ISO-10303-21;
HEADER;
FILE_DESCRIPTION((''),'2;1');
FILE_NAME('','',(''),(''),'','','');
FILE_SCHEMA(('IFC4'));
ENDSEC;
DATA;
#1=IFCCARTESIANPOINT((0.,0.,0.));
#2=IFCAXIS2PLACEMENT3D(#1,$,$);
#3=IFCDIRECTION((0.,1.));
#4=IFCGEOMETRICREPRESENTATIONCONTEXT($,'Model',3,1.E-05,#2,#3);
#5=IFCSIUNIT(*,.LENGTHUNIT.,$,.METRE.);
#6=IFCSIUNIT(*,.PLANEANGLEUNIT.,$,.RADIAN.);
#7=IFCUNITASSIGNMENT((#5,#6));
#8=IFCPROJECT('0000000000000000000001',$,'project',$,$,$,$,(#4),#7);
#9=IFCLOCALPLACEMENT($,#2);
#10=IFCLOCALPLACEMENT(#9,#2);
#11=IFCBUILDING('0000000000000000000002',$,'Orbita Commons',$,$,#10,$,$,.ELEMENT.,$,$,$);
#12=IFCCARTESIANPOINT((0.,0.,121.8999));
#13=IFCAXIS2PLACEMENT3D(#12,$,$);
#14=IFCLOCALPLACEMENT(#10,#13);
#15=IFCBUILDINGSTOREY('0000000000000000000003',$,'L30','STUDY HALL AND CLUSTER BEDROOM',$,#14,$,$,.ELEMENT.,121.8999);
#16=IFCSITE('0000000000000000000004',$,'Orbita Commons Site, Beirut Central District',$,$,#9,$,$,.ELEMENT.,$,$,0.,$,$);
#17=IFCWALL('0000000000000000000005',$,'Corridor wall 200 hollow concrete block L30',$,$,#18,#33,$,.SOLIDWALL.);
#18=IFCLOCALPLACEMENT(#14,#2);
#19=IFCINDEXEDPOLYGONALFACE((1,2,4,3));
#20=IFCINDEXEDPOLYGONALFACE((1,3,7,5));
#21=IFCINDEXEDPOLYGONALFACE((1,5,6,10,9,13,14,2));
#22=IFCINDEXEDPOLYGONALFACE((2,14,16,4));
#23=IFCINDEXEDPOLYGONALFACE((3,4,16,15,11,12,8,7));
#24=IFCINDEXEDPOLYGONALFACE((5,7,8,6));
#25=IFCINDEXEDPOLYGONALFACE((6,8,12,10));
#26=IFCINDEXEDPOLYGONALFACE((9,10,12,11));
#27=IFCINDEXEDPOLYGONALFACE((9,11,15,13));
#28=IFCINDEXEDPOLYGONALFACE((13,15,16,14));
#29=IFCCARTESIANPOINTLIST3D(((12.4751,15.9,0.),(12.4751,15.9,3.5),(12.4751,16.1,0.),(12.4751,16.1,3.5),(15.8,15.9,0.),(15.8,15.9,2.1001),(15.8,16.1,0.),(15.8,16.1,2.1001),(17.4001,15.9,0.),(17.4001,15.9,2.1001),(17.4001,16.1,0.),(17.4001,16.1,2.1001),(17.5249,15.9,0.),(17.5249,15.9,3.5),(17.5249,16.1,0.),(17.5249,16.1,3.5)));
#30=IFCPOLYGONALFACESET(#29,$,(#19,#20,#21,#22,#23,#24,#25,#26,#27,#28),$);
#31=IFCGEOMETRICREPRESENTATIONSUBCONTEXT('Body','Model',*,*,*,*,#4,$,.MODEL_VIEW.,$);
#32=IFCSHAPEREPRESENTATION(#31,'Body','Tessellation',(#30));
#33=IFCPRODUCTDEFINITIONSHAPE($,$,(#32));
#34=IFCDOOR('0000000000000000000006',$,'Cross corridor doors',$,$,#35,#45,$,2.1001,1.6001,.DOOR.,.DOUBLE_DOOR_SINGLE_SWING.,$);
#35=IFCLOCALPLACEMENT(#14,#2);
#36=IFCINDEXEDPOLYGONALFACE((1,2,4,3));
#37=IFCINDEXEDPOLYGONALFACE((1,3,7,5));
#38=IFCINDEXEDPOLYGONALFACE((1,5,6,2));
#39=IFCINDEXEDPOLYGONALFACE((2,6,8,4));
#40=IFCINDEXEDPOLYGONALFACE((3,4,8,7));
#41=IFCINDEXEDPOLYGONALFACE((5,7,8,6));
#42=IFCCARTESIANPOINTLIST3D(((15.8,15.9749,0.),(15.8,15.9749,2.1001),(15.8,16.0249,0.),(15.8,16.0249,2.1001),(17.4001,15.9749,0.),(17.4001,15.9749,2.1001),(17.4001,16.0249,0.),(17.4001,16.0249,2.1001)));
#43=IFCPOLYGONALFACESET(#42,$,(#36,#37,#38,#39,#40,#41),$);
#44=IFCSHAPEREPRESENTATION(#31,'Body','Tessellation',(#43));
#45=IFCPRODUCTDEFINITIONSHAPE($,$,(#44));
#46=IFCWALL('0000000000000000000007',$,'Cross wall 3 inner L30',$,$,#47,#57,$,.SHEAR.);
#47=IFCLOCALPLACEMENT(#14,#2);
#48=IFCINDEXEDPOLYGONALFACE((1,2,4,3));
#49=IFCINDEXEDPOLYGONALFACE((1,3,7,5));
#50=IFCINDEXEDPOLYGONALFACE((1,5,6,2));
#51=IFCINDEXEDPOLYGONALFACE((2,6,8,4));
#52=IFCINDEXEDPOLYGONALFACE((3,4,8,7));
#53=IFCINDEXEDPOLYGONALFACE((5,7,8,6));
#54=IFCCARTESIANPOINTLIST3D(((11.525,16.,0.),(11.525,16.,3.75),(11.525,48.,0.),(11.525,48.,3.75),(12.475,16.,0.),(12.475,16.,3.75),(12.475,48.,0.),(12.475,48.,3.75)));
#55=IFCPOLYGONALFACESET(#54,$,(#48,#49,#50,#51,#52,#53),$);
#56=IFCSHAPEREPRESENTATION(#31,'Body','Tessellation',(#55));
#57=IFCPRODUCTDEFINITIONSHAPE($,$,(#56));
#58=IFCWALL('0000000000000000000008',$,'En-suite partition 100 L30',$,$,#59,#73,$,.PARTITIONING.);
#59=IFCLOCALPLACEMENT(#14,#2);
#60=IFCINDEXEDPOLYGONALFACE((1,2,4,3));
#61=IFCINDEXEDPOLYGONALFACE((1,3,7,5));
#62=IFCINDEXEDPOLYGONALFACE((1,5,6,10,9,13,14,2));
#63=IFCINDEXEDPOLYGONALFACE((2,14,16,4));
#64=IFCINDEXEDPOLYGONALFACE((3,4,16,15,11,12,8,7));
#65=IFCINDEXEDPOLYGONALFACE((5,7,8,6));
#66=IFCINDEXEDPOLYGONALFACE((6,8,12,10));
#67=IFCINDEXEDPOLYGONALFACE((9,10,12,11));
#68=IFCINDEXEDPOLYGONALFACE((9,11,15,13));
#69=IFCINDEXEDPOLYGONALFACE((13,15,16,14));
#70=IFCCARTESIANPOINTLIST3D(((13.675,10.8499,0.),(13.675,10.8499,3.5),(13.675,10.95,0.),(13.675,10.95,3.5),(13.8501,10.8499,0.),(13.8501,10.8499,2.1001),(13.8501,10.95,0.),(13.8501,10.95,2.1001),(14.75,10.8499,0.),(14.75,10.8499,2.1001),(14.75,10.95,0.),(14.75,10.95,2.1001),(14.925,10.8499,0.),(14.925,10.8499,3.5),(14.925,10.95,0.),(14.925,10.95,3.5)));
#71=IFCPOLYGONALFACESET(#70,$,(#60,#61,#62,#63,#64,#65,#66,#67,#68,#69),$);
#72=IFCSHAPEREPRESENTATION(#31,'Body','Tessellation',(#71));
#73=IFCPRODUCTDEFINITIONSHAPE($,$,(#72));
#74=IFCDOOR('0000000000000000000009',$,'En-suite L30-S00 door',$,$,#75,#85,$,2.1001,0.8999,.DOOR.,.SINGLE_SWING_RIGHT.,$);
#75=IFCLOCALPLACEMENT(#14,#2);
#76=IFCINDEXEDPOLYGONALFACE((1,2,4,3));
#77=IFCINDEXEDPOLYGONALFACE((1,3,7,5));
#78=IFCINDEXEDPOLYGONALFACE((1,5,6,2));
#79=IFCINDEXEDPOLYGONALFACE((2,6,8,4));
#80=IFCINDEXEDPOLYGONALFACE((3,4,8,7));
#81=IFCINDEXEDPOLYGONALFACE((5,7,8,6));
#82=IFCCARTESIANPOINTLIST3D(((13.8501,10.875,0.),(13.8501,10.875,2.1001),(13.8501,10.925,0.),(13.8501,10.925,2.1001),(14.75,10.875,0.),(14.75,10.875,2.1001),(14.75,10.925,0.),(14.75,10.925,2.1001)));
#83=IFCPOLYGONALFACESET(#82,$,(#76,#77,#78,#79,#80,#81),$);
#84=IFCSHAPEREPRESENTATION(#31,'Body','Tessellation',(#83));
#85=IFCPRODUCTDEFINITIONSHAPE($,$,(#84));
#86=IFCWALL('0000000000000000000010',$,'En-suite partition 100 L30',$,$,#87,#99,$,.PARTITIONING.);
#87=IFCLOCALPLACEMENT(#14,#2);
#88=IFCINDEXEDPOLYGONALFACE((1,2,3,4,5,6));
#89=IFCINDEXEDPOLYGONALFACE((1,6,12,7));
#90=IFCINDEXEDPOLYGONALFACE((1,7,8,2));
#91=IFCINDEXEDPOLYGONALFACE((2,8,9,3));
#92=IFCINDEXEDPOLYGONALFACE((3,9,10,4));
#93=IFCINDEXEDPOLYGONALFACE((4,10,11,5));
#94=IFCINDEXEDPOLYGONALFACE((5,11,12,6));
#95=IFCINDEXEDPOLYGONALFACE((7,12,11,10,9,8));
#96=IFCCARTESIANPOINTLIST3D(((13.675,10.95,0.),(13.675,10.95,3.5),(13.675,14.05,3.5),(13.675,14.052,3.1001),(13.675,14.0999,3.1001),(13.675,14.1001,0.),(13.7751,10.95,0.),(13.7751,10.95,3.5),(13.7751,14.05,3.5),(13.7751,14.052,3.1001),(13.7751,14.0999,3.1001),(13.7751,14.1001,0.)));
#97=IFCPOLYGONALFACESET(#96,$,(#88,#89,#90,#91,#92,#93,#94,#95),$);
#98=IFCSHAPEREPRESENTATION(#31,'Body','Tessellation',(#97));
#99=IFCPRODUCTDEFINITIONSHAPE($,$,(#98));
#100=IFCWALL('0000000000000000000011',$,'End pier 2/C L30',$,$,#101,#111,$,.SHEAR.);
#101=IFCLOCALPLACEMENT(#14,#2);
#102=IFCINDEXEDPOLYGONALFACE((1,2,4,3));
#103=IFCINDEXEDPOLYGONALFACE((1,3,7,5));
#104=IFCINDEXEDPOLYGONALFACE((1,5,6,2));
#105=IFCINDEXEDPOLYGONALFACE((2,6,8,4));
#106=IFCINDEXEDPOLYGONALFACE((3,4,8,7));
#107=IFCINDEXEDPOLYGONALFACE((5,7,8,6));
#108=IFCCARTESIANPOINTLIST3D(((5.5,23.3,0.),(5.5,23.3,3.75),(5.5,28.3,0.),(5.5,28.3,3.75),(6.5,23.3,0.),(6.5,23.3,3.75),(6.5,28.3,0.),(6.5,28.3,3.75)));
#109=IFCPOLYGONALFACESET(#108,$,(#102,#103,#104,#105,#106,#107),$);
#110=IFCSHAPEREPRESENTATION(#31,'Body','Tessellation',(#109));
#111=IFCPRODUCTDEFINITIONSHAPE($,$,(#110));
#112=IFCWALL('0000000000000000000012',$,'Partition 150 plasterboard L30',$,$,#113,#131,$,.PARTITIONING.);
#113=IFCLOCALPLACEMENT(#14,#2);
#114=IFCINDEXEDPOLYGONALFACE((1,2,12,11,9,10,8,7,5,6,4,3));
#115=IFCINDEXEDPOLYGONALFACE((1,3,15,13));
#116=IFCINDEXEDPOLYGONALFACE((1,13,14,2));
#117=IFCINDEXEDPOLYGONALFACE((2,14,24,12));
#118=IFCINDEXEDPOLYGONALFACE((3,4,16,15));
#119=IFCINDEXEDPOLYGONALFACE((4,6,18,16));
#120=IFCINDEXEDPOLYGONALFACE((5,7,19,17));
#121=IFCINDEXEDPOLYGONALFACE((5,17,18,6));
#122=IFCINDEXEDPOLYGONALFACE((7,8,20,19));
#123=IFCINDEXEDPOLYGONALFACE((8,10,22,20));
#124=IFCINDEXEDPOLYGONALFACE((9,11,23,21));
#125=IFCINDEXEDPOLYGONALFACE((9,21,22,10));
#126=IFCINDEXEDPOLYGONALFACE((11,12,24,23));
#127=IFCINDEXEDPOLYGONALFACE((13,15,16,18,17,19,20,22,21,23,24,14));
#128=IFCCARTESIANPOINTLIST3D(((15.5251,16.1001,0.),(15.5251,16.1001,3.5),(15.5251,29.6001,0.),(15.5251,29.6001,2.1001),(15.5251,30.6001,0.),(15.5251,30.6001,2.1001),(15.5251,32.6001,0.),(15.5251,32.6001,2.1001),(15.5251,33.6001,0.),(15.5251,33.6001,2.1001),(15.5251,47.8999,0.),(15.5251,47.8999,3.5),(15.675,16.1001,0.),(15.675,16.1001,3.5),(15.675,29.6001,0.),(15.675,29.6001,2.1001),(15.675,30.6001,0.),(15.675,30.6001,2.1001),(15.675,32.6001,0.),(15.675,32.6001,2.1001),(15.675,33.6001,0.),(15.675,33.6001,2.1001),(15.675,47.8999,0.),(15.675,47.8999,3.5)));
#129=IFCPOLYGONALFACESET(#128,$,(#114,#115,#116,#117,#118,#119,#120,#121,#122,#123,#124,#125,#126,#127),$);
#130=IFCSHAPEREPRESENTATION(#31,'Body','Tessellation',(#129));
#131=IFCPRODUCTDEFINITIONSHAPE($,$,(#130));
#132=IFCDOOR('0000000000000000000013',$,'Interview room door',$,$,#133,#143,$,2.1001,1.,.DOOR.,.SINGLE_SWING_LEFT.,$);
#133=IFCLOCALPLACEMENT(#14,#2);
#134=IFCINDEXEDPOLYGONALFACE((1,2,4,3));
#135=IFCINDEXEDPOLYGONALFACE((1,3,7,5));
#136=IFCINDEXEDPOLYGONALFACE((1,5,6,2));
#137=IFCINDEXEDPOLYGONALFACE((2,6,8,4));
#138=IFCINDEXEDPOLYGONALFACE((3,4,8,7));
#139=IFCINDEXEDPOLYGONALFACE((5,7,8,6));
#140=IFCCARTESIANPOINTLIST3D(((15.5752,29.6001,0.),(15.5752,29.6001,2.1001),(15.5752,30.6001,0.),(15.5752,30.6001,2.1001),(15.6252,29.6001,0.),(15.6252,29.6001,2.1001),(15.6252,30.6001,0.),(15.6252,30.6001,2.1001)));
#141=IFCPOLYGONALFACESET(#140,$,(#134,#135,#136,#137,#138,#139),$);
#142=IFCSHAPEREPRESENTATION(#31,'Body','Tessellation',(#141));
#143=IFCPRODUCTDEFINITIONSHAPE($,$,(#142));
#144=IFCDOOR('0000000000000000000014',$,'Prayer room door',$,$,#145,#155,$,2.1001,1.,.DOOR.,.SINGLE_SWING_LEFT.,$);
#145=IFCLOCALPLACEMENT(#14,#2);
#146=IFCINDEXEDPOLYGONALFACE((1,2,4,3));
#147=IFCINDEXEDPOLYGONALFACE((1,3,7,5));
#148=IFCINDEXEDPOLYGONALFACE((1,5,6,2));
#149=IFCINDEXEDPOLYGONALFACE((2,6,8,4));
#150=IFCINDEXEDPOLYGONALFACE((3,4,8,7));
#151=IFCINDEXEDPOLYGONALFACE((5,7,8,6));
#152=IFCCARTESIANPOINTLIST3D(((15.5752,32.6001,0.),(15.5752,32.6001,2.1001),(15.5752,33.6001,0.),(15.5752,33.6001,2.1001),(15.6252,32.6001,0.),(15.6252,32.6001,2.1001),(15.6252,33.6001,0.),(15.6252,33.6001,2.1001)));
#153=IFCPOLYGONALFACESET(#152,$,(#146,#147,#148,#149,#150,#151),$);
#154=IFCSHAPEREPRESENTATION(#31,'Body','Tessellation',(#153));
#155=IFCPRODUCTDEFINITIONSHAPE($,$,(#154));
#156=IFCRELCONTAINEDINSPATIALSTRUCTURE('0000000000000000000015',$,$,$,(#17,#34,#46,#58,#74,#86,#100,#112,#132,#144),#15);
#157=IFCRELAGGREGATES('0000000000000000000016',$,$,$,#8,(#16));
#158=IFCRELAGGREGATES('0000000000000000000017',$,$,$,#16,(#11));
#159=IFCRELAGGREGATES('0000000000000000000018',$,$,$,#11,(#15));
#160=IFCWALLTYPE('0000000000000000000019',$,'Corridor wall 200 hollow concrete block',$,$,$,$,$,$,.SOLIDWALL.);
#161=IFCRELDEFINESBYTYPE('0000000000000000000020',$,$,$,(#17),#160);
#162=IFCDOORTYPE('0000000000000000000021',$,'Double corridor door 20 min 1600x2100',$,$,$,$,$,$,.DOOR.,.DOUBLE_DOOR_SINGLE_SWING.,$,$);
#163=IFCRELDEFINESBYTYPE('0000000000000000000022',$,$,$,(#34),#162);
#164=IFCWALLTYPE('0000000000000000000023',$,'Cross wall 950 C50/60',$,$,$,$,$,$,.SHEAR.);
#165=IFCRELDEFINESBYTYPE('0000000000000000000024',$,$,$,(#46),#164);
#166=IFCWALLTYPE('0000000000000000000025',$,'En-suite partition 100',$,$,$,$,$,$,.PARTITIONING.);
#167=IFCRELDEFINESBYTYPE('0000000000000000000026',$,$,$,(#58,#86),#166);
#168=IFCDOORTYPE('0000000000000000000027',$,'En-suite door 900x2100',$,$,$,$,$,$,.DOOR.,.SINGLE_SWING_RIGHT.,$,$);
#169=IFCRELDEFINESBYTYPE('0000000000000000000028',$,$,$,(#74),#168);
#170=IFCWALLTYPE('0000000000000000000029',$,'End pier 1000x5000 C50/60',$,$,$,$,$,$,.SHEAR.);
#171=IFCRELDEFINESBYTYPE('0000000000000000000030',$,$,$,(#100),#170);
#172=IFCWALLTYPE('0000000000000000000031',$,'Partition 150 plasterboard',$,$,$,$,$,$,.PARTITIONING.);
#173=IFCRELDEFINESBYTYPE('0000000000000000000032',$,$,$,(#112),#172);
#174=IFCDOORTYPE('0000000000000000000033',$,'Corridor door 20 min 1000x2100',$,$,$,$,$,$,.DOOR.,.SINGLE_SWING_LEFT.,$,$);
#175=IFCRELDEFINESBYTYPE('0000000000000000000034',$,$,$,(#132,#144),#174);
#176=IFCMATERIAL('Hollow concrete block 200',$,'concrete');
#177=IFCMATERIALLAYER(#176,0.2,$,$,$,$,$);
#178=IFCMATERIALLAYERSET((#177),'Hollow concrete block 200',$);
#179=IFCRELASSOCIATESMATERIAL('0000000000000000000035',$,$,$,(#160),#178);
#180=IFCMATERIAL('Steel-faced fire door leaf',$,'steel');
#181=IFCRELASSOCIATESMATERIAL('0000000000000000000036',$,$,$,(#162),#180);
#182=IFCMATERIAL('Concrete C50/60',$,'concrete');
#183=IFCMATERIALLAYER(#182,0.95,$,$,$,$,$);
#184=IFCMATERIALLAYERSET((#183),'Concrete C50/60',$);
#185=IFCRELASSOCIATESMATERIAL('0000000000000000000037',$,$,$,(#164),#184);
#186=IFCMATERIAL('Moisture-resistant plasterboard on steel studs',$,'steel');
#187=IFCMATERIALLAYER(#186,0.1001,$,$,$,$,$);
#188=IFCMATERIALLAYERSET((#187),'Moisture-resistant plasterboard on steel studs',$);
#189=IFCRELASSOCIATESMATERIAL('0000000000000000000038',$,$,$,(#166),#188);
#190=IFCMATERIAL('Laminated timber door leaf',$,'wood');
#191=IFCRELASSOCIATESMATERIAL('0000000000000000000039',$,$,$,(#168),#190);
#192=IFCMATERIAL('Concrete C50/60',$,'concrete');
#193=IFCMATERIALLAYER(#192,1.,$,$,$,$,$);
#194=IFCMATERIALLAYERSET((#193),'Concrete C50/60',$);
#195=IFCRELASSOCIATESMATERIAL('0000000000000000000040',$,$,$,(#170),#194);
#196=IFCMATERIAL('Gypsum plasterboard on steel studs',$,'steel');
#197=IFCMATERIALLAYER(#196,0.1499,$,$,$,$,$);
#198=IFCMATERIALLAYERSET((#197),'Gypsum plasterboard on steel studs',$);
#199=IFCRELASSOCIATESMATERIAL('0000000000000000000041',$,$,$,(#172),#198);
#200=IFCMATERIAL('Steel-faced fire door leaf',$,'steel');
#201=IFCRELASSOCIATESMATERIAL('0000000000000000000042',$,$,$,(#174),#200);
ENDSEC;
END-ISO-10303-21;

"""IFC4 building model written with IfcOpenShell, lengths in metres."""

from ifc_helpers import new_model, si_unit, direction, frame, frame_2d, origin, place, context, subcontext, project, spatial, polyline, rectangle, outline, extrude, material, layer, layer_set, type_object, element, fill, save


model = new_model("IFC4")

# Units and contexts
model_context = context("Model", 3, precision=1e-05, world=origin(), true_north=direction((0.0, 1.0)))
body_context = subcontext(model_context, "Body", "Model", "MODEL_VIEW")
ifc_project = project(units=[si_unit("LENGTHUNIT", "METRE"), si_unit("PLANEANGLEUNIT", "RADIAN")], contexts=[model_context])

# Site, building, storey
site_placement = place(None, origin())
site = spatial("IfcSite", under=ifc_project, at=site_placement, Name="Orbita Commons Site, Beirut Central District", CompositionType="ELEMENT", RefElevation=0.0)
building_placement = place(site_placement, origin())
building = spatial("IfcBuilding", under=site, at=building_placement, Name="Orbita Commons", CompositionType="ELEMENT")
storey_placement = place(building_placement, frame((0.0, 0.0, 121.8999)))
storey = spatial("IfcBuildingStorey", under=building, at=storey_placement, Name="L30", Description="STUDY HALL AND CLUSTER BEDROOM", CompositionType="ELEMENT", Elevation=121.8999)

# Wall, opening, door
ifc_material_1 = material(Name="Hollow concrete block 200", Category="concrete")
ifc_layer_1 = layer(ifc_material_1, 0.2)
ifc_layer_set_1 = layer_set([ifc_layer_1], Name="Hollow concrete block 200")
wall_type_1 = type_object("IfcWallType", Name="Corridor wall 200 hollow concrete block", PredefinedType="SOLIDWALL", material=ifc_layer_set_1)
wall_1_placement = place(storey_placement, frame((12.4751, 16.0, 0.0), z_axis=(0.0, 0.0, 1.0), x_axis=(1.0, 0.0, 0.0)))
wall_1 = element("IfcWall", 1, at=wall_1_placement, inside=storey, type_object=wall_type_1, Name="Corridor wall 200 hollow concrete block L30", PredefinedType="SOLIDWALL", context=body_context, shape_type="SweptSolid", body=[
    extrude(rectangle(XDim=5.0498, YDim=0.2, at=frame_2d((2.5249, 0.0))), origin(), (0.0, 0.0, 1.0), 3.5),
])
opening_1_placement = place(wall_1_placement, frame((3.325, 0.0, 0.0)))
opening_1 = element("IfcOpeningElement", 2, at=opening_1_placement, cuts=wall_1, PredefinedType="OPENING", context=body_context, shape_type="SweptSolid", body=[
    extrude(rectangle(XDim=1.6001, YDim=2.1001, at=frame_2d((0.8, 1.05))), frame((0.0, 0.1099, 0.0), z_axis=(0.0, -1.0, 0.0), x_axis=(1.0, 0.0, 0.0)), (0.0, 0.0, 1.0), 0.22),
])
ifc_material_2 = material(Name="Steel-faced fire door leaf", Category="steel")
door_type_1 = type_object("IfcDoorType", Name="Double corridor door 20 min 1600x2100", OperationType="DOUBLE_DOOR_SINGLE_SWING", PredefinedType="DOOR", material=ifc_material_2)
door_1_placement = place(opening_1_placement, origin())
door_1 = element("IfcDoor", 3, at=door_1_placement, inside=storey, type_object=door_type_1, Name="Cross corridor doors", OperationType="DOUBLE_DOOR_SINGLE_SWING", OverallHeight=2.1001, OverallWidth=1.6001, PredefinedType="DOOR", context=body_context, shape_type="SweptSolid", body=[
    extrude(rectangle(XDim=1.6001, YDim=2.1001, at=frame_2d((0.8, 1.05))), frame((0.0, 0.0249, 0.0), z_axis=(0.0, -1.0, 0.0), x_axis=(1.0, 0.0, 0.0)), (0.0, 0.0, 1.0), 0.05),
])
fill(opening_1, door_1)

# Wall
ifc_material_3 = material(Name="Concrete C50/60", Category="concrete")
ifc_layer_2 = layer(ifc_material_3, 0.95)
ifc_layer_set_2 = layer_set([ifc_layer_2], Name="Concrete C50/60")
wall_type_2 = type_object("IfcWallType", Name="Cross wall 950 C50/60", PredefinedType="SHEAR", material=ifc_layer_set_2)
wall_2_placement = place(storey_placement, frame((12.0, 16.0, 0.0), z_axis=(0.0, 0.0, 1.0), x_axis=(0.0, 1.0, 0.0)))
element("IfcWall", 4, at=wall_2_placement, inside=storey, type_object=wall_type_2, Name="Cross wall 3 inner L30", PredefinedType="SHEAR", context=body_context, shape_type="SweptSolid", body=[
    extrude(rectangle(XDim=32.0, YDim=0.95, at=frame_2d((16.0, 0.0))), origin(), (0.0, 0.0, 1.0), 3.75),
])

# Wall, opening, door
ifc_material_4 = material(Name="Moisture-resistant plasterboard on steel studs", Category="steel")
ifc_layer_3 = layer(ifc_material_4, 0.1001)
ifc_layer_set_3 = layer_set([ifc_layer_3], Name="Moisture-resistant plasterboard on steel studs")
wall_type_3 = type_object("IfcWallType", Name="En-suite partition 100", PredefinedType="PARTITIONING", material=ifc_layer_set_3)
wall_3_placement = place(storey_placement, frame((14.925, 10.8999, 0.0), z_axis=(0.0, 0.0, 1.0), x_axis=(-1.0, 0.0, 0.0)))
wall_3 = element("IfcWall", 5, at=wall_3_placement, inside=storey, type_object=wall_type_3, Name="En-suite partition 100 L30", PredefinedType="PARTITIONING", context=body_context, shape_type="SweptSolid", body=[
    extrude(rectangle(XDim=1.25, YDim=0.1001, at=frame_2d((0.625, 0.0))), origin(), (0.0, 0.0, 1.0), 3.5),
])
opening_2_placement = place(wall_3_placement, frame((0.175, 0.0, 0.0)))
opening_2 = element("IfcOpeningElement", 6, at=opening_2_placement, cuts=wall_3, PredefinedType="OPENING", context=body_context, shape_type="SweptSolid", body=[
    extrude(rectangle(XDim=0.8999, YDim=2.1001, at=frame_2d((0.45, 1.05))), frame((0.0, 0.0601, 0.0), z_axis=(0.0, -1.0, 0.0), x_axis=(1.0, 0.0, 0.0)), (0.0, 0.0, 1.0), 0.1201),
])
ifc_material_5 = material(Name="Laminated timber door leaf", Category="wood")
door_type_2 = type_object("IfcDoorType", Name="En-suite door 900x2100", OperationType="SINGLE_SWING_RIGHT", PredefinedType="DOOR", material=ifc_material_5)
door_2_placement = place(opening_2_placement, origin())
door_2 = element("IfcDoor", 7, at=door_2_placement, inside=storey, type_object=door_type_2, Name="En-suite L30-S00 door", OperationType="SINGLE_SWING_RIGHT", OverallHeight=2.1001, OverallWidth=0.8999, PredefinedType="DOOR", context=body_context, shape_type="SweptSolid", body=[
    extrude(rectangle(XDim=0.8999, YDim=2.1001, at=frame_2d((0.45, 1.05))), frame((0.0, 0.0249, 0.0), z_axis=(0.0, -1.0, 0.0), x_axis=(1.0, 0.0, 0.0)), (0.0, 0.0, 1.0), 0.05),
])
fill(opening_2, door_2)

# Walls
wall_4_placement = place(storey_placement, frame((13.7251, 10.95, 0.0), z_axis=(0.0, 0.0, 1.0), x_axis=(0.0, 1.0, 0.0)))
element("IfcWall", 8, at=wall_4_placement, inside=storey, type_object=wall_type_3, Name="En-suite partition 100 L30", PredefinedType="PARTITIONING", context=body_context, shape_type="SweptSolid", body=[
    extrude(outline(polyline([(0.0, 0.0), (3.1501, 0.0), (3.1499, 3.1001), (3.1021, 3.1001), (3.1001, 3.5), (0.0, 3.5), (0.0, 0.0)])), frame((0.0, 0.05, 0.0), z_axis=(0.0, -1.0, 0.0), x_axis=(1.0, 0.0, 0.0)), (0.0, 0.0, 1.0), 0.1001),
])
ifc_material_6 = material(Name="Concrete C50/60", Category="concrete")
ifc_layer_4 = layer(ifc_material_6, 1.0)
ifc_layer_set_4 = layer_set([ifc_layer_4], Name="Concrete C50/60")
wall_type_4 = type_object("IfcWallType", Name="End pier 1000x5000 C50/60", PredefinedType="SHEAR", material=ifc_layer_set_4)
wall_5_placement = place(storey_placement, frame((6.0, 23.3, 0.0), z_axis=(0.0, 0.0, 1.0), x_axis=(0.0, 1.0, 0.0)))
element("IfcWall", 9, at=wall_5_placement, inside=storey, type_object=wall_type_4, Name="End pier 2/C L30", PredefinedType="SHEAR", context=body_context, shape_type="SweptSolid", body=[
    extrude(rectangle(XDim=5.0, YDim=1.0, at=frame_2d((2.5, 0.0))), origin(), (0.0, 0.0, 1.0), 3.75),
])

# Wall, openings, doors
ifc_material_7 = material(Name="Gypsum plasterboard on steel studs", Category="steel")
ifc_layer_5 = layer(ifc_material_7, 0.1499)
ifc_layer_set_5 = layer_set([ifc_layer_5], Name="Gypsum plasterboard on steel studs")
wall_type_5 = type_object("IfcWallType", Name="Partition 150 plasterboard", PredefinedType="PARTITIONING", material=ifc_layer_set_5)
wall_6_placement = place(storey_placement, frame((15.6001, 16.1001, 0.0), z_axis=(0.0, 0.0, 1.0), x_axis=(0.0, 1.0, 0.0)))
wall_6 = element("IfcWall", 10, at=wall_6_placement, inside=storey, type_object=wall_type_5, Name="Partition 150 plasterboard L30", PredefinedType="PARTITIONING", context=body_context, shape_type="SweptSolid", body=[
    extrude(rectangle(XDim=31.7998, YDim=0.1499, at=frame_2d((15.8999, 0.0))), origin(), (0.0, 0.0, 1.0), 3.5),
])
opening_3_placement = place(wall_6_placement, frame((13.5, 0.0, 0.0)))
opening_3 = element("IfcOpeningElement", 11, at=opening_3_placement, cuts=wall_6, PredefinedType="OPENING", context=body_context, shape_type="SweptSolid", body=[
    extrude(rectangle(XDim=1.0, YDim=2.1001, at=frame_2d((0.5, 1.05))), frame((0.0, 0.085, 0.0), z_axis=(0.0, -1.0, 0.0), x_axis=(1.0, 0.0, 0.0)), (0.0, 0.0, 1.0), 0.1699),
])
opening_4_placement = place(wall_6_placement, frame((16.5, 0.0, 0.0)))
opening_4 = element("IfcOpeningElement", 12, at=opening_4_placement, cuts=wall_6, PredefinedType="OPENING", context=body_context, shape_type="SweptSolid", body=[
    extrude(rectangle(XDim=1.0, YDim=2.1001, at=frame_2d((0.5, 1.05))), frame((0.0, 0.085, 0.0), z_axis=(0.0, -1.0, 0.0), x_axis=(1.0, 0.0, 0.0)), (0.0, 0.0, 1.0), 0.1699),
])
ifc_material_8 = material(Name="Steel-faced fire door leaf", Category="steel")
door_type_3 = type_object("IfcDoorType", Name="Corridor door 20 min 1000x2100", OperationType="SINGLE_SWING_LEFT", PredefinedType="DOOR", material=ifc_material_8)
door_3_placement = place(opening_3_placement, origin())
door_3 = element("IfcDoor", 13, at=door_3_placement, inside=storey, type_object=door_type_3, Name="Interview room door", OperationType="SINGLE_SWING_LEFT", OverallHeight=2.1001, OverallWidth=1.0, PredefinedType="DOOR", context=body_context, shape_type="SweptSolid", body=[
    extrude(rectangle(XDim=1.0, YDim=2.1001, at=frame_2d((0.5, 1.05))), frame((0.0, 0.0249, 0.0), z_axis=(0.0, -1.0, 0.0), x_axis=(1.0, 0.0, 0.0)), (0.0, 0.0, 1.0), 0.05),
])
fill(opening_3, door_3)
door_4_placement = place(opening_4_placement, origin())
door_4 = element("IfcDoor", 14, at=door_4_placement, inside=storey, type_object=door_type_3, Name="Prayer room door", OperationType="SINGLE_SWING_LEFT", OverallHeight=2.1001, OverallWidth=1.0, PredefinedType="DOOR", context=body_context, shape_type="SweptSolid", body=[
    extrude(rectangle(XDim=1.0, YDim=2.1001, at=frame_2d((0.5, 1.05))), frame((0.0, 0.0249, 0.0), z_axis=(0.0, -1.0, 0.0), x_axis=(1.0, 0.0, 0.0)), (0.0, 0.0, 1.0), 0.05),
])
fill(opening_4, door_4)

save(model, "model.ifc")
